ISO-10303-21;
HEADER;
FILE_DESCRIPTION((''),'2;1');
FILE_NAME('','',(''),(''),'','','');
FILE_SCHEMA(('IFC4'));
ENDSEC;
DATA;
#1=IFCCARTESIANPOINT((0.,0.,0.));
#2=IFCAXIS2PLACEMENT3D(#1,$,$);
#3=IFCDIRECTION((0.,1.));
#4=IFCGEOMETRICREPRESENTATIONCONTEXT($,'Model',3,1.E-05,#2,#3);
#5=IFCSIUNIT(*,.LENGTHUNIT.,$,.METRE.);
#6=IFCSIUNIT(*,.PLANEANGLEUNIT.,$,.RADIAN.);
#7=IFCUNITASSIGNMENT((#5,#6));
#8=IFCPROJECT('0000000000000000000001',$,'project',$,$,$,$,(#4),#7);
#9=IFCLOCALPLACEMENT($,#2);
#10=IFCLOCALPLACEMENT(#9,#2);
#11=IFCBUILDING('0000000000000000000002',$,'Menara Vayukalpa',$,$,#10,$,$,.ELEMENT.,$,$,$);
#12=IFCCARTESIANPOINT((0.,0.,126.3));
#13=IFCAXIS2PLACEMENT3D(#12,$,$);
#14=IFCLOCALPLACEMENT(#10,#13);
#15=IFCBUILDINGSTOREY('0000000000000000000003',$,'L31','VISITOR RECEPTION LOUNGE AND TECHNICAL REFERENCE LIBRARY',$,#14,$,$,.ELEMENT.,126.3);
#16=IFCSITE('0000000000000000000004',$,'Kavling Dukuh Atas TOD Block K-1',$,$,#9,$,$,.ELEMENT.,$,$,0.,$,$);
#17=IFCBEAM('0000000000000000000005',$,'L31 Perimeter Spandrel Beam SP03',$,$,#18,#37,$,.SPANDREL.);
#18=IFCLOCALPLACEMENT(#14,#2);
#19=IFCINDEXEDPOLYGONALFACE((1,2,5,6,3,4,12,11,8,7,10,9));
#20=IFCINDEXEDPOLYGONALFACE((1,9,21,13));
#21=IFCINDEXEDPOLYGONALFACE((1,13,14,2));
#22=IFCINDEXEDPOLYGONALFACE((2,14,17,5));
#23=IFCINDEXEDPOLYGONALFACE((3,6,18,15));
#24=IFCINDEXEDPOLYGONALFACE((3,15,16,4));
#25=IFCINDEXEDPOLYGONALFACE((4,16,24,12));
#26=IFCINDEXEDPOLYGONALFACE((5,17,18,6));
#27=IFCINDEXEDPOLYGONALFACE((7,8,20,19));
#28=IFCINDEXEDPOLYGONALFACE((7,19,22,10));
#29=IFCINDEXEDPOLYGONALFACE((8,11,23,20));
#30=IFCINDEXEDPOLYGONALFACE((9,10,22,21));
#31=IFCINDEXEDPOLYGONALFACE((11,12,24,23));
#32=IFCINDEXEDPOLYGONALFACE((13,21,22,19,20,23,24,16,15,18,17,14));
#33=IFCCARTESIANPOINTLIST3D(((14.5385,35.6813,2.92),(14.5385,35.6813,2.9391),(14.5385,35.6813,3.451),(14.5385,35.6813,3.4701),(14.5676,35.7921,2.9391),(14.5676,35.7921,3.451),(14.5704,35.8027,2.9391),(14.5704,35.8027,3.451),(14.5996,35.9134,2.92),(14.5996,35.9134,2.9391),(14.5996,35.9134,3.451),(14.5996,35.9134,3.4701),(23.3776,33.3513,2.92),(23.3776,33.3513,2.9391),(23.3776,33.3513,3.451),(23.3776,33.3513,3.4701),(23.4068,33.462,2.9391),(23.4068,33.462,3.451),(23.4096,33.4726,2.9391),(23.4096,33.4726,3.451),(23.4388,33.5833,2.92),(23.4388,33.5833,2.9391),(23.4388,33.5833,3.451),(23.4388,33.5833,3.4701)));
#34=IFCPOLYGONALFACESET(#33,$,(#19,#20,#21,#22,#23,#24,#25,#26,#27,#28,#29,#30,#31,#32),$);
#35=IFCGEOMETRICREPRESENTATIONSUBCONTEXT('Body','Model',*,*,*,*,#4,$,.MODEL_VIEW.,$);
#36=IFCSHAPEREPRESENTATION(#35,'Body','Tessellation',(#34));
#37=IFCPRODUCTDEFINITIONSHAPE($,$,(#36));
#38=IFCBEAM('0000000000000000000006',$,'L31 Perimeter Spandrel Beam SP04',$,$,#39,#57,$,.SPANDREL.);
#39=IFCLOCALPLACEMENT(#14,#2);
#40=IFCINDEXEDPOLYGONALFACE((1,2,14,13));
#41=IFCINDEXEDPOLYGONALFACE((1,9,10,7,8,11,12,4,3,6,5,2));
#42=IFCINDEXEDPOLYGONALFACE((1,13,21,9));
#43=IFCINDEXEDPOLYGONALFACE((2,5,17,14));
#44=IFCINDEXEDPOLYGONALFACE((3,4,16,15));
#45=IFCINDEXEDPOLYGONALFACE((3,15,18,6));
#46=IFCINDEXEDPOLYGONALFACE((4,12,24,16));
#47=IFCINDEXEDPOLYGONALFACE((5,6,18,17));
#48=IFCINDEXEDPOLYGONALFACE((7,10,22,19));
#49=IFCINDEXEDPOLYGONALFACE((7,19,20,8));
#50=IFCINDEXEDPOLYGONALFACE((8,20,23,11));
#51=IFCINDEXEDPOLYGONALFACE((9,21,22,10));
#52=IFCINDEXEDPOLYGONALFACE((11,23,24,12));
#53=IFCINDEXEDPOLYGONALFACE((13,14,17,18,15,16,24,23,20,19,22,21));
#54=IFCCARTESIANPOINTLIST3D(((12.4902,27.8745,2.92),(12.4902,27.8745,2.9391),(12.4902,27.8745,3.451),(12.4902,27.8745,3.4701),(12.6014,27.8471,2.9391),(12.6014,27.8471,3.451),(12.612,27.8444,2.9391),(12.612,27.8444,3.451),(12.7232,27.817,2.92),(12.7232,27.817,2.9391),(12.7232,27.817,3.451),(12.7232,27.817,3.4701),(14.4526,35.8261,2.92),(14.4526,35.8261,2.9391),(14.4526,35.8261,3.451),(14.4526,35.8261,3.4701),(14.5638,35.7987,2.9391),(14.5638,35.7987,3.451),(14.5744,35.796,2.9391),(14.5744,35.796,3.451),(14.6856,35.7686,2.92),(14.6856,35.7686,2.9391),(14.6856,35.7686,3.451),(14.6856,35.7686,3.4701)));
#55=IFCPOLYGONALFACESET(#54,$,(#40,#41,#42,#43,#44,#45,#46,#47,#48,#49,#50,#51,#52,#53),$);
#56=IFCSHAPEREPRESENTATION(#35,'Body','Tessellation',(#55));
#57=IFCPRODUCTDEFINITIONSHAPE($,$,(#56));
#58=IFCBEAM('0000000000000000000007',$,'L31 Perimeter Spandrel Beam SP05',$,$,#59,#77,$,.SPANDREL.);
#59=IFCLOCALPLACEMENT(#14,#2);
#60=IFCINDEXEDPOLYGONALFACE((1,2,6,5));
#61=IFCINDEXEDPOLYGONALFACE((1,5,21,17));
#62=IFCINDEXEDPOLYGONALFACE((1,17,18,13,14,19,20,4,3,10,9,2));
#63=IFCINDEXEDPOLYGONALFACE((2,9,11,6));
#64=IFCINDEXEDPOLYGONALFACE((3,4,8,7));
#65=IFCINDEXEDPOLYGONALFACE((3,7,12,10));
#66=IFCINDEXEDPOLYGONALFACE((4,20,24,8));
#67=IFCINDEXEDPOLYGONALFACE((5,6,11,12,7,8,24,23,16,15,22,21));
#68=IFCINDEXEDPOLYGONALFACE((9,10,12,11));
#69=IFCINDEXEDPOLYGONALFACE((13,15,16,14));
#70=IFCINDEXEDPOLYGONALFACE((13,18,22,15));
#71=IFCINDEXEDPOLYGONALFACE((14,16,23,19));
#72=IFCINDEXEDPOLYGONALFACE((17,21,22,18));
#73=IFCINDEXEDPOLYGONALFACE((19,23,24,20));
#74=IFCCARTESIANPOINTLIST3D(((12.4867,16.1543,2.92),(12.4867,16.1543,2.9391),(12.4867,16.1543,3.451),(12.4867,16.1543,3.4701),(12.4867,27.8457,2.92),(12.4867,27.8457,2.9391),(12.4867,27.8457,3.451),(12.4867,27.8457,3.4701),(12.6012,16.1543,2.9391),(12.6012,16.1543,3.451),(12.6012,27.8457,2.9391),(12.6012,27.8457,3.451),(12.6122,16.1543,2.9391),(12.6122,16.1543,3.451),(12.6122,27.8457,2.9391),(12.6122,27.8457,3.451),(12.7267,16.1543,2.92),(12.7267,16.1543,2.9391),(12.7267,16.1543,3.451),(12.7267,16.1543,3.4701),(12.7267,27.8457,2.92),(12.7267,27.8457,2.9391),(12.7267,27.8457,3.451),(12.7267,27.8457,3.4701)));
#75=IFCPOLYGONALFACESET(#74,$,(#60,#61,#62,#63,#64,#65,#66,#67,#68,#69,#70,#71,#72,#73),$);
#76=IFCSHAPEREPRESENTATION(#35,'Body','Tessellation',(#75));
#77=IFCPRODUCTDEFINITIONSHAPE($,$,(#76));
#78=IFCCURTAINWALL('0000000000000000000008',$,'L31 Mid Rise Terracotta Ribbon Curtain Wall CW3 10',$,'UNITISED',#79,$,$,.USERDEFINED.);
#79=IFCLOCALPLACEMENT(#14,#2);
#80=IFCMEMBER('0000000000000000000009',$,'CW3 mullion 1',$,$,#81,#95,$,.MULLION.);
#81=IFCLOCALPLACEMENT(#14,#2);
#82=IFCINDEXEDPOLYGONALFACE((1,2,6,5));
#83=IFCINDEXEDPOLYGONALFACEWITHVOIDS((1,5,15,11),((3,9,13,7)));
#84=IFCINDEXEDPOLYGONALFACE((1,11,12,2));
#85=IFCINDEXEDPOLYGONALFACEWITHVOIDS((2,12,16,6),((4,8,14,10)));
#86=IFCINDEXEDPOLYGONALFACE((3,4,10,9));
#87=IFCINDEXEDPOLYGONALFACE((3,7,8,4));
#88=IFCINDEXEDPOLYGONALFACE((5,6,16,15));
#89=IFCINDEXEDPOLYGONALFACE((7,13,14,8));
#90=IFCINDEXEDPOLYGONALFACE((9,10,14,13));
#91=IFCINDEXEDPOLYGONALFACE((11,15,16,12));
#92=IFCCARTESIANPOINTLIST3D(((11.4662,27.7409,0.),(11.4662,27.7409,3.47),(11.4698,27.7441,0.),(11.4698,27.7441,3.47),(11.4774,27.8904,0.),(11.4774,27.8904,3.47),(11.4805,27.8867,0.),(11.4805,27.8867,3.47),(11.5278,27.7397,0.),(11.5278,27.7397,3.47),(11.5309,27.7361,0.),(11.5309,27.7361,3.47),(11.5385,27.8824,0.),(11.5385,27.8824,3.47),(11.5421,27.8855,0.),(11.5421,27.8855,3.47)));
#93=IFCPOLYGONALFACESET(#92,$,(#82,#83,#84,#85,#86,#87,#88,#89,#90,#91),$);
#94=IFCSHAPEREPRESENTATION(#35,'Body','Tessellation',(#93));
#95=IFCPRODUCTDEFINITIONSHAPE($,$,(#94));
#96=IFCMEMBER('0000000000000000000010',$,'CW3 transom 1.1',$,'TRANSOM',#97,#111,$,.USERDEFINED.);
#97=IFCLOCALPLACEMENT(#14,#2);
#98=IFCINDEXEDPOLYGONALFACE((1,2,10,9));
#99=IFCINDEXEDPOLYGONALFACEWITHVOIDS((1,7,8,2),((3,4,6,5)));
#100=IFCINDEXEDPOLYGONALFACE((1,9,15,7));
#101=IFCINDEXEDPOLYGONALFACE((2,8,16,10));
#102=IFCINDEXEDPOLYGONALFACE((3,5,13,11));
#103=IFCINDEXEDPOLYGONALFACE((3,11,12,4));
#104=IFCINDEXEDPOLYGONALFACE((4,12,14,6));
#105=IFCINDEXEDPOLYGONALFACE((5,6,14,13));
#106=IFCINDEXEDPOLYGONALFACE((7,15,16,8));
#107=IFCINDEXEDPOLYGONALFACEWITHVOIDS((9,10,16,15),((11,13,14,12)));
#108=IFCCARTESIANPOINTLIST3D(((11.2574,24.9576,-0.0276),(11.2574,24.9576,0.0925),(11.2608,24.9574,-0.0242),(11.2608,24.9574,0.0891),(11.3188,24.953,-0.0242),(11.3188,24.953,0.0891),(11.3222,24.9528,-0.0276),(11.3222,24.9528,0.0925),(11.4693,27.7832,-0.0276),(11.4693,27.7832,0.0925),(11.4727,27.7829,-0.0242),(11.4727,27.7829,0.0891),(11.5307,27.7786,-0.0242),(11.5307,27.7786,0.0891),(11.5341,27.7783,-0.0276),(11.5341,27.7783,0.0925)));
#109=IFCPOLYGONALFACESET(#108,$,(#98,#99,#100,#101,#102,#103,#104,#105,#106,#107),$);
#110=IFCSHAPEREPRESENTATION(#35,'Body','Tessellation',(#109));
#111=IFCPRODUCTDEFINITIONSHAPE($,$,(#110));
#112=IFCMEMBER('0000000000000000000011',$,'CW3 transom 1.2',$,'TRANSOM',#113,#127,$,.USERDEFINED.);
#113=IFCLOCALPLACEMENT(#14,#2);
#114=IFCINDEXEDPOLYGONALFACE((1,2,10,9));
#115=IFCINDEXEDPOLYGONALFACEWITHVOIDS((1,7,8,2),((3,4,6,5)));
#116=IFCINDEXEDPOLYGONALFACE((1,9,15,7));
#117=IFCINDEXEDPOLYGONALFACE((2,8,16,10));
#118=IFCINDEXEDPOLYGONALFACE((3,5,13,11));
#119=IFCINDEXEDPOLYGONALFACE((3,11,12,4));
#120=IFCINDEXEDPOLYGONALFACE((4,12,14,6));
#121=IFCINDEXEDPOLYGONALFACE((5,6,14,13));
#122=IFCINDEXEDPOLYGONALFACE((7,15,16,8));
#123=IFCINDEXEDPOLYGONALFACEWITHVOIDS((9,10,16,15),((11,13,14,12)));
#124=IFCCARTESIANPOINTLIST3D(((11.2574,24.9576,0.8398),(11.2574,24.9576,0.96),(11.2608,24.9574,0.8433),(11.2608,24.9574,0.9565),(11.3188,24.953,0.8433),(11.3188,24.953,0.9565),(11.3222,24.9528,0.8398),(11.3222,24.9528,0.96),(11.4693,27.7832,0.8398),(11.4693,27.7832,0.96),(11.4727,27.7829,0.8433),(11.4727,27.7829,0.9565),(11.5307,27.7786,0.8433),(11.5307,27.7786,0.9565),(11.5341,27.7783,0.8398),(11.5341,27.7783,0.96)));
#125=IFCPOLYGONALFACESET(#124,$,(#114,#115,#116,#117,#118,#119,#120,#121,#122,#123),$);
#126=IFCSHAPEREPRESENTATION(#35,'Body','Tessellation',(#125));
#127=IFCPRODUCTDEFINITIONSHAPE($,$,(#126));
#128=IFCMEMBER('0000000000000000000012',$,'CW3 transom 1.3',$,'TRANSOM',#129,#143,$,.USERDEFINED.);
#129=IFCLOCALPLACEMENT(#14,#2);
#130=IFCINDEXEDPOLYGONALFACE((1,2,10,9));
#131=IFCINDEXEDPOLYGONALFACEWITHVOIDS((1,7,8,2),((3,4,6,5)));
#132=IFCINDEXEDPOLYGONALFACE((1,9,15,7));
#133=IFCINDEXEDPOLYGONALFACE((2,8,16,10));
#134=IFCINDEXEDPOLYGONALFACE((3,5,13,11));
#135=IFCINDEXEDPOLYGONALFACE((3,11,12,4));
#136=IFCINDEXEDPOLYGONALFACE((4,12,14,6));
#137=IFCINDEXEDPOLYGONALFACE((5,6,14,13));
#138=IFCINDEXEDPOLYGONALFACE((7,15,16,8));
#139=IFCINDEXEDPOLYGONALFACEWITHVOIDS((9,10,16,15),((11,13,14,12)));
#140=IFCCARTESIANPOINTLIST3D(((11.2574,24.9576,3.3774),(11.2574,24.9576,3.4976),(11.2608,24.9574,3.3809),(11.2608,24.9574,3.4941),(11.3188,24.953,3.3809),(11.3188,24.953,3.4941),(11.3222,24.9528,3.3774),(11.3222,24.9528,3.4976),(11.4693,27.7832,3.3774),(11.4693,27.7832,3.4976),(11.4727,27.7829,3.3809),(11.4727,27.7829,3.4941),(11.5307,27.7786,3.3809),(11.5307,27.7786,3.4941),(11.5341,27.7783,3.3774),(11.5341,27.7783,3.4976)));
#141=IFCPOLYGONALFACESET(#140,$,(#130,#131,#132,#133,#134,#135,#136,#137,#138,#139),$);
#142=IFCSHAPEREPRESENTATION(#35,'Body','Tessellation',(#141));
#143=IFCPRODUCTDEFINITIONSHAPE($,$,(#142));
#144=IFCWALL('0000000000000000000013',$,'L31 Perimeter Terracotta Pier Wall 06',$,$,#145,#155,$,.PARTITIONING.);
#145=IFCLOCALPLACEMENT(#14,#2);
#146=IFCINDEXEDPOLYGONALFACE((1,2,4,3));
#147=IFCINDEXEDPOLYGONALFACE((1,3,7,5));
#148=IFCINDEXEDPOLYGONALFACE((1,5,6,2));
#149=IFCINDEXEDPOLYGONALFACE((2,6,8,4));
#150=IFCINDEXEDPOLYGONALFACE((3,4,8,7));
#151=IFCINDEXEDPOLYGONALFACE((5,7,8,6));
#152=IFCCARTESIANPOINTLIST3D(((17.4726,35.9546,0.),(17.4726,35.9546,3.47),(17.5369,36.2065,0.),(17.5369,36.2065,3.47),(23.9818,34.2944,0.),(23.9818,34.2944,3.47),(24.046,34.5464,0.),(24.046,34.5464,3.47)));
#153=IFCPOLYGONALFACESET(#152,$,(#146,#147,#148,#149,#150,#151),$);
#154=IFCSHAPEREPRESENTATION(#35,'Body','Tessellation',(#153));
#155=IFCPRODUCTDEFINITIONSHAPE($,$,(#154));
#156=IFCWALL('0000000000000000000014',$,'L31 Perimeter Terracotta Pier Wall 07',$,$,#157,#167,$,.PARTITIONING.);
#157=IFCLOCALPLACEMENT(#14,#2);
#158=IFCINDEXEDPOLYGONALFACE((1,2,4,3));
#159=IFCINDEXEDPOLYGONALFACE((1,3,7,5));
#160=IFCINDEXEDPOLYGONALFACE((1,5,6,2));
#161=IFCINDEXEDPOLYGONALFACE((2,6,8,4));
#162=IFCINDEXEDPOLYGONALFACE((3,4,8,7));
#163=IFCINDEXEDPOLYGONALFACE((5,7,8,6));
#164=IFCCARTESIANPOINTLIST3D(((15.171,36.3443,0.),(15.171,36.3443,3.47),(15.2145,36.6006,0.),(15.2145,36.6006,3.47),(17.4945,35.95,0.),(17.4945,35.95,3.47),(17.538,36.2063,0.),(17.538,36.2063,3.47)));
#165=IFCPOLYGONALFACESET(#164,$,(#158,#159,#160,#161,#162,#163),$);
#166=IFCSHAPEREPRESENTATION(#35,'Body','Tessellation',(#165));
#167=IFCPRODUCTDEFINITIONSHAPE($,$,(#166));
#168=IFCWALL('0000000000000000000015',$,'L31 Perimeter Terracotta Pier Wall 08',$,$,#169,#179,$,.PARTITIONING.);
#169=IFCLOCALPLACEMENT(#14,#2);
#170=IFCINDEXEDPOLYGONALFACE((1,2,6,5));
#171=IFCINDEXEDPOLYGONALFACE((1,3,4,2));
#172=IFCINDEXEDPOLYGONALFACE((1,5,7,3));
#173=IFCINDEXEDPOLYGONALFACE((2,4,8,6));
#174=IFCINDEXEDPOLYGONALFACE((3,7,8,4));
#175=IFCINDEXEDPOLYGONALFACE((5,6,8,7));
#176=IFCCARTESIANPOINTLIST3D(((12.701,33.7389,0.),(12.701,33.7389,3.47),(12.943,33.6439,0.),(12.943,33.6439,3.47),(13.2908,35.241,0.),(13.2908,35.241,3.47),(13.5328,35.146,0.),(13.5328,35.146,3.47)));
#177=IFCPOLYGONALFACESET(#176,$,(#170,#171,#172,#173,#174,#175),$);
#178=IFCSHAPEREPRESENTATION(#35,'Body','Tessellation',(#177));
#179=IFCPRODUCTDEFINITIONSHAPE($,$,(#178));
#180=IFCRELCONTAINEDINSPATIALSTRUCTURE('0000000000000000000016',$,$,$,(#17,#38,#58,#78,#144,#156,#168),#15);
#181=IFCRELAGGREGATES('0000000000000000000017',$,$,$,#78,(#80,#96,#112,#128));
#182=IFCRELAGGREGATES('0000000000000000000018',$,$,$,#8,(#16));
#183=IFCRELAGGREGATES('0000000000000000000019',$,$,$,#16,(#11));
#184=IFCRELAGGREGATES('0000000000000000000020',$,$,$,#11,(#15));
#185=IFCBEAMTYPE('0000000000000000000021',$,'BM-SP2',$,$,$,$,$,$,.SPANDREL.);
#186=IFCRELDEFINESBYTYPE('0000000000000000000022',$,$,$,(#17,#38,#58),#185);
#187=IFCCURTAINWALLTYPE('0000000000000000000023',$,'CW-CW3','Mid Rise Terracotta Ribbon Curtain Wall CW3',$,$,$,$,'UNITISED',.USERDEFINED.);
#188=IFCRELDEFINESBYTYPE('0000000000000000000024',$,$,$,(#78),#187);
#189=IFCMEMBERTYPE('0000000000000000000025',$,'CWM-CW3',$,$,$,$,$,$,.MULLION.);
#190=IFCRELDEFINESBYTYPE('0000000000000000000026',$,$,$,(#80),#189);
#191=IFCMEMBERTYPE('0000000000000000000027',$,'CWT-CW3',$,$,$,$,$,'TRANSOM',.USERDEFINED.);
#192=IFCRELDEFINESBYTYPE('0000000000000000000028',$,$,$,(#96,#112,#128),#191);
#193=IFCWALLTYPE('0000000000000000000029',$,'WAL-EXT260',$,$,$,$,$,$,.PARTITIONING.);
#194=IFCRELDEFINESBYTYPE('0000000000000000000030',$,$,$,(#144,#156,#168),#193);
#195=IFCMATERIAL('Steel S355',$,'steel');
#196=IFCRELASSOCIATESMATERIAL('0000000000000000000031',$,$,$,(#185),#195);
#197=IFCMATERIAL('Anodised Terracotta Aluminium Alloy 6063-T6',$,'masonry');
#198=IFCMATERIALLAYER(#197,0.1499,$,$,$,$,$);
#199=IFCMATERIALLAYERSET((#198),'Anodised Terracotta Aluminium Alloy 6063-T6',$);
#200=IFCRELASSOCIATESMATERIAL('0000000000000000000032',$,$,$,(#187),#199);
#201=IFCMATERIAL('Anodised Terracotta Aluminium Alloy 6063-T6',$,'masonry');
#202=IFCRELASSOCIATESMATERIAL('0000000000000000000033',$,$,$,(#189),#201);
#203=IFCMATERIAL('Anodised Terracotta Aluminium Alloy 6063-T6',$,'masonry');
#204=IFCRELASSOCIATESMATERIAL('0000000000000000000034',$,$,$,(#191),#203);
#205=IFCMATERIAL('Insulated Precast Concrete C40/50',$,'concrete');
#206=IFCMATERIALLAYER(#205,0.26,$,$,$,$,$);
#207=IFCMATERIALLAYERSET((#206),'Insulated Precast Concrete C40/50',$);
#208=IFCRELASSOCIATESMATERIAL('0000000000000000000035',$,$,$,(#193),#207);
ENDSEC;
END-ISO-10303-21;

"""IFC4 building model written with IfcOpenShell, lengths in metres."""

from ifc_helpers import new_model, si_unit, direction, frame, frame_2d, origin, origin_2d, place, context, subcontext, project, spatial, rectangle, hollow_rectangle, i_section, extrude, material, layer, layer_set, material_profile, profile_set, type_object, element, aggregate, save


model = new_model("IFC4")

# Units and contexts
model_context = context("Model", 3, precision=1e-05, world=origin(), true_north=direction((0.0, 1.0)))
body_context = subcontext(model_context, "Body", "Model", "MODEL_VIEW")
ifc_project = project(units=[si_unit("LENGTHUNIT", "METRE"), si_unit("PLANEANGLEUNIT", "RADIAN")], contexts=[model_context])

# Site, building, storey
site_placement = place(None, origin())
site = spatial("IfcSite", under=ifc_project, at=site_placement, Name="Kavling Dukuh Atas TOD Block K-1", CompositionType="ELEMENT", RefElevation=0.0)
building_placement = place(site_placement, origin())
building = spatial("IfcBuilding", under=site, at=building_placement, Name="Menara Vayukalpa", CompositionType="ELEMENT")
storey_placement = place(building_placement, frame((0.0, 0.0, 126.3)))
storey = spatial("IfcBuildingStorey", under=building, at=storey_placement, Name="L31", Description="VISITOR RECEPTION LOUNGE AND TECHNICAL REFERENCE LIBRARY", CompositionType="ELEMENT", Elevation=126.3)

# Beams
ifc_material_1 = material(Name="Steel S355", Category="steel")
ifc_material_profile_1 = material_profile(ifc_material_1, i_section(OverallWidth=0.24, OverallDepth=0.55, WebThickness=0.011, FlangeThickness=0.019, at=origin_2d()), Name="WF 550x240x11x19")
ifc_profile_set_1 = profile_set([ifc_material_profile_1], Name="Steel S355")
beam_type_1 = type_object("IfcBeamType", Name="BM-SP2", PredefinedType="SPANDREL", material=ifc_profile_set_1)
beam_1_placement = place(storey_placement, frame((23.4082, 33.4673, 3.1951), z_axis=(-0.966967, 0.254902, 0.0), x_axis=(-0.254902, -0.966967, 0.0)))
element("IfcBeam", 1, at=beam_1_placement, inside=storey, type_object=beam_type_1, Name="L31 Perimeter Spandrel Beam SP03", PredefinedType="SPANDREL", context=body_context, shape_type="SweptSolid", body=[
    extrude(i_section(OverallWidth=0.24, OverallDepth=0.55, WebThickness=0.011, FlangeThickness=0.019, at=origin_2d()), origin(), (0.0, 0.0, 1.0), 9.1411),
])
beam_2_placement = place(storey_placement, frame((14.5691, 35.7974, 3.1951), z_axis=(-0.239603, -0.970871, 0.0), x_axis=(0.970871, -0.239603, 0.0)))
element("IfcBeam", 2, at=beam_2_placement, inside=storey, type_object=beam_type_1, Name="L31 Perimeter Spandrel Beam SP04", PredefinedType="SPANDREL", context=body_context, shape_type="SweptSolid", body=[
    extrude(i_section(OverallWidth=0.24, OverallDepth=0.55, WebThickness=0.011, FlangeThickness=0.019, at=origin_2d()), origin(), (0.0, 0.0, 1.0), 8.1902),
])
beam_3_placement = place(storey_placement, frame((12.6067, 27.8457, 3.1951), z_axis=(0.0, -1.0, 0.0), x_axis=(1.0, 0.0, 0.0)))
element("IfcBeam", 3, at=beam_3_placement, inside=storey, type_object=beam_type_1, Name="L31 Perimeter Spandrel Beam SP05", PredefinedType="SPANDREL", context=body_context, shape_type="SweptSolid", body=[
    extrude(i_section(OverallWidth=0.24, OverallDepth=0.55, WebThickness=0.011, FlangeThickness=0.019, at=origin_2d()), origin(), (0.0, 0.0, 1.0), 11.6914),
])

# Curtain wall, members
ifc_material_2 = material(Name="Anodised Terracotta Aluminium Alloy 6063-T6", Category="masonry")
ifc_layer_1 = layer(ifc_material_2, 0.1499)
ifc_layer_set_1 = layer_set([ifc_layer_1], Name="Anodised Terracotta Aluminium Alloy 6063-T6")
curtain_wall_type = type_object("IfcCurtainWallType", Name="CW-CW3", Description="Mid Rise Terracotta Ribbon Curtain Wall CW3", ElementType="UNITISED", PredefinedType="USERDEFINED", material=ifc_layer_set_1)
curtain_wall_placement = place(storey_placement, origin())
curtain_wall = element("IfcCurtainWall", 4, at=curtain_wall_placement, inside=storey, type_object=curtain_wall_type, Name="L31 Mid Rise Terracotta Ribbon Curtain Wall CW3 10", ObjectType="UNITISED", PredefinedType="USERDEFINED")
ifc_material_3 = material(Name="Anodised Terracotta Aluminium Alloy 6063-T6", Category="masonry")
ifc_material_profile_2 = material_profile(ifc_material_3, hollow_rectangle(XDim=0.0649, YDim=0.1499, WallThickness=0.0034, at=origin_2d()), Name="ALU 65x150x3.5")
ifc_profile_set_2 = profile_set([ifc_material_profile_2], Name="Anodised Terracotta Aluminium Alloy 6063-T6")
member_type_1 = type_object("IfcMemberType", Name="CWM-CW3", PredefinedType="MULLION", material=ifc_profile_set_2)
member_1_placement = place(storey_placement, frame((11.5042, 27.8132, 0.0), z_axis=(0.0, 0.0, 1.0), x_axis=(0.9972, -0.074785, 0.0)))
member_1 = element("IfcMember", 5, at=member_1_placement, type_object=member_type_1, Name="CW3 mullion 1", PredefinedType="MULLION", context=body_context, shape_type="SweptSolid", body=[
    extrude(hollow_rectangle(XDim=0.0649, YDim=0.1499, WallThickness=0.0034, at=origin_2d()), origin(), (0.0, 0.0, 1.0), 3.47),
])
ifc_material_4 = material(Name="Anodised Terracotta Aluminium Alloy 6063-T6", Category="masonry")
ifc_material_profile_3 = material_profile(ifc_material_4, hollow_rectangle(XDim=0.0649, YDim=0.1201, WallThickness=0.0034, at=origin_2d()), Name="ALU 65x120x3.5")
ifc_profile_set_3 = profile_set([ifc_material_profile_3], Name="Anodised Terracotta Aluminium Alloy 6063-T6")
member_type_2 = type_object("IfcMemberType", Name="CWT-CW3", ElementType="TRANSOM", PredefinedType="USERDEFINED", material=ifc_profile_set_3)
member_2_placement = place(storey_placement, frame((11.5017, 27.7808, 0.0325), z_axis=(-0.074792, -0.997199, 0.0), x_axis=(0.997199, -0.074792, 0.0)))
member_2 = element("IfcMember", 6, at=member_2_placement, type_object=member_type_2, Name="CW3 transom 1.1", ObjectType="TRANSOM", PredefinedType="USERDEFINED", context=body_context, shape_type="SweptSolid", body=[
    extrude(hollow_rectangle(XDim=0.0649, YDim=0.1201, WallThickness=0.0034, at=origin_2d()), origin(), (0.0, 0.0, 1.0), 2.8335),
])
member_3_placement = place(storey_placement, frame((11.5017, 27.7808, 0.8999), z_axis=(-0.074792, -0.997199, 0.0), x_axis=(0.997199, -0.074792, 0.0)))
member_3 = element("IfcMember", 7, at=member_3_placement, type_object=member_type_2, Name="CW3 transom 1.2", ObjectType="TRANSOM", PredefinedType="USERDEFINED", context=body_context, shape_type="SweptSolid", body=[
    extrude(hollow_rectangle(XDim=0.0649, YDim=0.1201, WallThickness=0.0034, at=origin_2d()), origin(), (0.0, 0.0, 1.0), 2.8335),
])
member_4_placement = place(storey_placement, frame((11.5017, 27.7808, 3.4375), z_axis=(-0.074792, -0.997199, 0.0), x_axis=(0.997199, -0.074792, 0.0)))
member_4 = element("IfcMember", 8, at=member_4_placement, type_object=member_type_2, Name="CW3 transom 1.3", ObjectType="TRANSOM", PredefinedType="USERDEFINED", context=body_context, shape_type="SweptSolid", body=[
    extrude(hollow_rectangle(XDim=0.0649, YDim=0.1201, WallThickness=0.0034, at=origin_2d()), origin(), (0.0, 0.0, 1.0), 2.8335),
])
aggregate(curtain_wall, [member_1, member_2, member_3, member_4])

# Walls
ifc_material_5 = material(Name="Insulated Precast Concrete C40/50", Category="concrete")
ifc_layer_2 = layer(ifc_material_5, 0.26)
ifc_layer_set_2 = layer_set([ifc_layer_2], Name="Insulated Precast Concrete C40/50")
wall_type_1 = type_object("IfcWallType", Name="WAL-EXT260", PredefinedType="PARTITIONING", material=ifc_layer_set_2)
wall_1_placement = place(storey_placement, frame((17.5046, 36.0806, 0.0), z_axis=(0.0, 0.0, 1.0), x_axis=(0.968981, -0.247134, 0.0)))
element("IfcWall", 9, at=wall_1_placement, inside=storey, type_object=wall_type_1, Name="L31 Perimeter Terracotta Pier Wall 06", PredefinedType="PARTITIONING", context=body_context, shape_type="SweptSolid", body=[
    extrude(rectangle(XDim=6.7175, YDim=0.26, at=frame_2d((3.3589, 0.0))), origin(), (0.0, 0.0, 1.0), 3.47),
])
wall_2_placement = place(storey_placement, frame((15.1929, 36.4724, 0.0), z_axis=(0.0, 0.0, 1.0), x_axis=(0.985905, -0.167305, 0.0)))
element("IfcWall", 10, at=wall_2_placement, inside=storey, type_object=wall_type_1, Name="L31 Perimeter Terracotta Pier Wall 07", PredefinedType="PARTITIONING", context=body_context, shape_type="SweptSolid", body=[
    extrude(rectangle(XDim=2.3567, YDim=0.26, at=frame_2d((1.1782, 0.0))), origin(), (0.0, 0.0, 1.0), 3.47),
])
wall_3_placement = place(storey_placement, frame((12.822, 33.6914, 0.0), z_axis=(0.0, 0.0, 1.0), x_axis=(0.365489, 0.930816, 0.0)))
element("IfcWall", 11, at=wall_3_placement, inside=storey, type_object=wall_type_1, Name="L31 Perimeter Terracotta Pier Wall 08", PredefinedType="PARTITIONING", context=body_context, shape_type="SweptSolid", body=[
    extrude(rectangle(XDim=1.6138, YDim=0.26, at=frame_2d((0.8069, 0.0))), origin(), (0.0, 0.0, 1.0), 3.47),
])

save(model, "model.ifc")
